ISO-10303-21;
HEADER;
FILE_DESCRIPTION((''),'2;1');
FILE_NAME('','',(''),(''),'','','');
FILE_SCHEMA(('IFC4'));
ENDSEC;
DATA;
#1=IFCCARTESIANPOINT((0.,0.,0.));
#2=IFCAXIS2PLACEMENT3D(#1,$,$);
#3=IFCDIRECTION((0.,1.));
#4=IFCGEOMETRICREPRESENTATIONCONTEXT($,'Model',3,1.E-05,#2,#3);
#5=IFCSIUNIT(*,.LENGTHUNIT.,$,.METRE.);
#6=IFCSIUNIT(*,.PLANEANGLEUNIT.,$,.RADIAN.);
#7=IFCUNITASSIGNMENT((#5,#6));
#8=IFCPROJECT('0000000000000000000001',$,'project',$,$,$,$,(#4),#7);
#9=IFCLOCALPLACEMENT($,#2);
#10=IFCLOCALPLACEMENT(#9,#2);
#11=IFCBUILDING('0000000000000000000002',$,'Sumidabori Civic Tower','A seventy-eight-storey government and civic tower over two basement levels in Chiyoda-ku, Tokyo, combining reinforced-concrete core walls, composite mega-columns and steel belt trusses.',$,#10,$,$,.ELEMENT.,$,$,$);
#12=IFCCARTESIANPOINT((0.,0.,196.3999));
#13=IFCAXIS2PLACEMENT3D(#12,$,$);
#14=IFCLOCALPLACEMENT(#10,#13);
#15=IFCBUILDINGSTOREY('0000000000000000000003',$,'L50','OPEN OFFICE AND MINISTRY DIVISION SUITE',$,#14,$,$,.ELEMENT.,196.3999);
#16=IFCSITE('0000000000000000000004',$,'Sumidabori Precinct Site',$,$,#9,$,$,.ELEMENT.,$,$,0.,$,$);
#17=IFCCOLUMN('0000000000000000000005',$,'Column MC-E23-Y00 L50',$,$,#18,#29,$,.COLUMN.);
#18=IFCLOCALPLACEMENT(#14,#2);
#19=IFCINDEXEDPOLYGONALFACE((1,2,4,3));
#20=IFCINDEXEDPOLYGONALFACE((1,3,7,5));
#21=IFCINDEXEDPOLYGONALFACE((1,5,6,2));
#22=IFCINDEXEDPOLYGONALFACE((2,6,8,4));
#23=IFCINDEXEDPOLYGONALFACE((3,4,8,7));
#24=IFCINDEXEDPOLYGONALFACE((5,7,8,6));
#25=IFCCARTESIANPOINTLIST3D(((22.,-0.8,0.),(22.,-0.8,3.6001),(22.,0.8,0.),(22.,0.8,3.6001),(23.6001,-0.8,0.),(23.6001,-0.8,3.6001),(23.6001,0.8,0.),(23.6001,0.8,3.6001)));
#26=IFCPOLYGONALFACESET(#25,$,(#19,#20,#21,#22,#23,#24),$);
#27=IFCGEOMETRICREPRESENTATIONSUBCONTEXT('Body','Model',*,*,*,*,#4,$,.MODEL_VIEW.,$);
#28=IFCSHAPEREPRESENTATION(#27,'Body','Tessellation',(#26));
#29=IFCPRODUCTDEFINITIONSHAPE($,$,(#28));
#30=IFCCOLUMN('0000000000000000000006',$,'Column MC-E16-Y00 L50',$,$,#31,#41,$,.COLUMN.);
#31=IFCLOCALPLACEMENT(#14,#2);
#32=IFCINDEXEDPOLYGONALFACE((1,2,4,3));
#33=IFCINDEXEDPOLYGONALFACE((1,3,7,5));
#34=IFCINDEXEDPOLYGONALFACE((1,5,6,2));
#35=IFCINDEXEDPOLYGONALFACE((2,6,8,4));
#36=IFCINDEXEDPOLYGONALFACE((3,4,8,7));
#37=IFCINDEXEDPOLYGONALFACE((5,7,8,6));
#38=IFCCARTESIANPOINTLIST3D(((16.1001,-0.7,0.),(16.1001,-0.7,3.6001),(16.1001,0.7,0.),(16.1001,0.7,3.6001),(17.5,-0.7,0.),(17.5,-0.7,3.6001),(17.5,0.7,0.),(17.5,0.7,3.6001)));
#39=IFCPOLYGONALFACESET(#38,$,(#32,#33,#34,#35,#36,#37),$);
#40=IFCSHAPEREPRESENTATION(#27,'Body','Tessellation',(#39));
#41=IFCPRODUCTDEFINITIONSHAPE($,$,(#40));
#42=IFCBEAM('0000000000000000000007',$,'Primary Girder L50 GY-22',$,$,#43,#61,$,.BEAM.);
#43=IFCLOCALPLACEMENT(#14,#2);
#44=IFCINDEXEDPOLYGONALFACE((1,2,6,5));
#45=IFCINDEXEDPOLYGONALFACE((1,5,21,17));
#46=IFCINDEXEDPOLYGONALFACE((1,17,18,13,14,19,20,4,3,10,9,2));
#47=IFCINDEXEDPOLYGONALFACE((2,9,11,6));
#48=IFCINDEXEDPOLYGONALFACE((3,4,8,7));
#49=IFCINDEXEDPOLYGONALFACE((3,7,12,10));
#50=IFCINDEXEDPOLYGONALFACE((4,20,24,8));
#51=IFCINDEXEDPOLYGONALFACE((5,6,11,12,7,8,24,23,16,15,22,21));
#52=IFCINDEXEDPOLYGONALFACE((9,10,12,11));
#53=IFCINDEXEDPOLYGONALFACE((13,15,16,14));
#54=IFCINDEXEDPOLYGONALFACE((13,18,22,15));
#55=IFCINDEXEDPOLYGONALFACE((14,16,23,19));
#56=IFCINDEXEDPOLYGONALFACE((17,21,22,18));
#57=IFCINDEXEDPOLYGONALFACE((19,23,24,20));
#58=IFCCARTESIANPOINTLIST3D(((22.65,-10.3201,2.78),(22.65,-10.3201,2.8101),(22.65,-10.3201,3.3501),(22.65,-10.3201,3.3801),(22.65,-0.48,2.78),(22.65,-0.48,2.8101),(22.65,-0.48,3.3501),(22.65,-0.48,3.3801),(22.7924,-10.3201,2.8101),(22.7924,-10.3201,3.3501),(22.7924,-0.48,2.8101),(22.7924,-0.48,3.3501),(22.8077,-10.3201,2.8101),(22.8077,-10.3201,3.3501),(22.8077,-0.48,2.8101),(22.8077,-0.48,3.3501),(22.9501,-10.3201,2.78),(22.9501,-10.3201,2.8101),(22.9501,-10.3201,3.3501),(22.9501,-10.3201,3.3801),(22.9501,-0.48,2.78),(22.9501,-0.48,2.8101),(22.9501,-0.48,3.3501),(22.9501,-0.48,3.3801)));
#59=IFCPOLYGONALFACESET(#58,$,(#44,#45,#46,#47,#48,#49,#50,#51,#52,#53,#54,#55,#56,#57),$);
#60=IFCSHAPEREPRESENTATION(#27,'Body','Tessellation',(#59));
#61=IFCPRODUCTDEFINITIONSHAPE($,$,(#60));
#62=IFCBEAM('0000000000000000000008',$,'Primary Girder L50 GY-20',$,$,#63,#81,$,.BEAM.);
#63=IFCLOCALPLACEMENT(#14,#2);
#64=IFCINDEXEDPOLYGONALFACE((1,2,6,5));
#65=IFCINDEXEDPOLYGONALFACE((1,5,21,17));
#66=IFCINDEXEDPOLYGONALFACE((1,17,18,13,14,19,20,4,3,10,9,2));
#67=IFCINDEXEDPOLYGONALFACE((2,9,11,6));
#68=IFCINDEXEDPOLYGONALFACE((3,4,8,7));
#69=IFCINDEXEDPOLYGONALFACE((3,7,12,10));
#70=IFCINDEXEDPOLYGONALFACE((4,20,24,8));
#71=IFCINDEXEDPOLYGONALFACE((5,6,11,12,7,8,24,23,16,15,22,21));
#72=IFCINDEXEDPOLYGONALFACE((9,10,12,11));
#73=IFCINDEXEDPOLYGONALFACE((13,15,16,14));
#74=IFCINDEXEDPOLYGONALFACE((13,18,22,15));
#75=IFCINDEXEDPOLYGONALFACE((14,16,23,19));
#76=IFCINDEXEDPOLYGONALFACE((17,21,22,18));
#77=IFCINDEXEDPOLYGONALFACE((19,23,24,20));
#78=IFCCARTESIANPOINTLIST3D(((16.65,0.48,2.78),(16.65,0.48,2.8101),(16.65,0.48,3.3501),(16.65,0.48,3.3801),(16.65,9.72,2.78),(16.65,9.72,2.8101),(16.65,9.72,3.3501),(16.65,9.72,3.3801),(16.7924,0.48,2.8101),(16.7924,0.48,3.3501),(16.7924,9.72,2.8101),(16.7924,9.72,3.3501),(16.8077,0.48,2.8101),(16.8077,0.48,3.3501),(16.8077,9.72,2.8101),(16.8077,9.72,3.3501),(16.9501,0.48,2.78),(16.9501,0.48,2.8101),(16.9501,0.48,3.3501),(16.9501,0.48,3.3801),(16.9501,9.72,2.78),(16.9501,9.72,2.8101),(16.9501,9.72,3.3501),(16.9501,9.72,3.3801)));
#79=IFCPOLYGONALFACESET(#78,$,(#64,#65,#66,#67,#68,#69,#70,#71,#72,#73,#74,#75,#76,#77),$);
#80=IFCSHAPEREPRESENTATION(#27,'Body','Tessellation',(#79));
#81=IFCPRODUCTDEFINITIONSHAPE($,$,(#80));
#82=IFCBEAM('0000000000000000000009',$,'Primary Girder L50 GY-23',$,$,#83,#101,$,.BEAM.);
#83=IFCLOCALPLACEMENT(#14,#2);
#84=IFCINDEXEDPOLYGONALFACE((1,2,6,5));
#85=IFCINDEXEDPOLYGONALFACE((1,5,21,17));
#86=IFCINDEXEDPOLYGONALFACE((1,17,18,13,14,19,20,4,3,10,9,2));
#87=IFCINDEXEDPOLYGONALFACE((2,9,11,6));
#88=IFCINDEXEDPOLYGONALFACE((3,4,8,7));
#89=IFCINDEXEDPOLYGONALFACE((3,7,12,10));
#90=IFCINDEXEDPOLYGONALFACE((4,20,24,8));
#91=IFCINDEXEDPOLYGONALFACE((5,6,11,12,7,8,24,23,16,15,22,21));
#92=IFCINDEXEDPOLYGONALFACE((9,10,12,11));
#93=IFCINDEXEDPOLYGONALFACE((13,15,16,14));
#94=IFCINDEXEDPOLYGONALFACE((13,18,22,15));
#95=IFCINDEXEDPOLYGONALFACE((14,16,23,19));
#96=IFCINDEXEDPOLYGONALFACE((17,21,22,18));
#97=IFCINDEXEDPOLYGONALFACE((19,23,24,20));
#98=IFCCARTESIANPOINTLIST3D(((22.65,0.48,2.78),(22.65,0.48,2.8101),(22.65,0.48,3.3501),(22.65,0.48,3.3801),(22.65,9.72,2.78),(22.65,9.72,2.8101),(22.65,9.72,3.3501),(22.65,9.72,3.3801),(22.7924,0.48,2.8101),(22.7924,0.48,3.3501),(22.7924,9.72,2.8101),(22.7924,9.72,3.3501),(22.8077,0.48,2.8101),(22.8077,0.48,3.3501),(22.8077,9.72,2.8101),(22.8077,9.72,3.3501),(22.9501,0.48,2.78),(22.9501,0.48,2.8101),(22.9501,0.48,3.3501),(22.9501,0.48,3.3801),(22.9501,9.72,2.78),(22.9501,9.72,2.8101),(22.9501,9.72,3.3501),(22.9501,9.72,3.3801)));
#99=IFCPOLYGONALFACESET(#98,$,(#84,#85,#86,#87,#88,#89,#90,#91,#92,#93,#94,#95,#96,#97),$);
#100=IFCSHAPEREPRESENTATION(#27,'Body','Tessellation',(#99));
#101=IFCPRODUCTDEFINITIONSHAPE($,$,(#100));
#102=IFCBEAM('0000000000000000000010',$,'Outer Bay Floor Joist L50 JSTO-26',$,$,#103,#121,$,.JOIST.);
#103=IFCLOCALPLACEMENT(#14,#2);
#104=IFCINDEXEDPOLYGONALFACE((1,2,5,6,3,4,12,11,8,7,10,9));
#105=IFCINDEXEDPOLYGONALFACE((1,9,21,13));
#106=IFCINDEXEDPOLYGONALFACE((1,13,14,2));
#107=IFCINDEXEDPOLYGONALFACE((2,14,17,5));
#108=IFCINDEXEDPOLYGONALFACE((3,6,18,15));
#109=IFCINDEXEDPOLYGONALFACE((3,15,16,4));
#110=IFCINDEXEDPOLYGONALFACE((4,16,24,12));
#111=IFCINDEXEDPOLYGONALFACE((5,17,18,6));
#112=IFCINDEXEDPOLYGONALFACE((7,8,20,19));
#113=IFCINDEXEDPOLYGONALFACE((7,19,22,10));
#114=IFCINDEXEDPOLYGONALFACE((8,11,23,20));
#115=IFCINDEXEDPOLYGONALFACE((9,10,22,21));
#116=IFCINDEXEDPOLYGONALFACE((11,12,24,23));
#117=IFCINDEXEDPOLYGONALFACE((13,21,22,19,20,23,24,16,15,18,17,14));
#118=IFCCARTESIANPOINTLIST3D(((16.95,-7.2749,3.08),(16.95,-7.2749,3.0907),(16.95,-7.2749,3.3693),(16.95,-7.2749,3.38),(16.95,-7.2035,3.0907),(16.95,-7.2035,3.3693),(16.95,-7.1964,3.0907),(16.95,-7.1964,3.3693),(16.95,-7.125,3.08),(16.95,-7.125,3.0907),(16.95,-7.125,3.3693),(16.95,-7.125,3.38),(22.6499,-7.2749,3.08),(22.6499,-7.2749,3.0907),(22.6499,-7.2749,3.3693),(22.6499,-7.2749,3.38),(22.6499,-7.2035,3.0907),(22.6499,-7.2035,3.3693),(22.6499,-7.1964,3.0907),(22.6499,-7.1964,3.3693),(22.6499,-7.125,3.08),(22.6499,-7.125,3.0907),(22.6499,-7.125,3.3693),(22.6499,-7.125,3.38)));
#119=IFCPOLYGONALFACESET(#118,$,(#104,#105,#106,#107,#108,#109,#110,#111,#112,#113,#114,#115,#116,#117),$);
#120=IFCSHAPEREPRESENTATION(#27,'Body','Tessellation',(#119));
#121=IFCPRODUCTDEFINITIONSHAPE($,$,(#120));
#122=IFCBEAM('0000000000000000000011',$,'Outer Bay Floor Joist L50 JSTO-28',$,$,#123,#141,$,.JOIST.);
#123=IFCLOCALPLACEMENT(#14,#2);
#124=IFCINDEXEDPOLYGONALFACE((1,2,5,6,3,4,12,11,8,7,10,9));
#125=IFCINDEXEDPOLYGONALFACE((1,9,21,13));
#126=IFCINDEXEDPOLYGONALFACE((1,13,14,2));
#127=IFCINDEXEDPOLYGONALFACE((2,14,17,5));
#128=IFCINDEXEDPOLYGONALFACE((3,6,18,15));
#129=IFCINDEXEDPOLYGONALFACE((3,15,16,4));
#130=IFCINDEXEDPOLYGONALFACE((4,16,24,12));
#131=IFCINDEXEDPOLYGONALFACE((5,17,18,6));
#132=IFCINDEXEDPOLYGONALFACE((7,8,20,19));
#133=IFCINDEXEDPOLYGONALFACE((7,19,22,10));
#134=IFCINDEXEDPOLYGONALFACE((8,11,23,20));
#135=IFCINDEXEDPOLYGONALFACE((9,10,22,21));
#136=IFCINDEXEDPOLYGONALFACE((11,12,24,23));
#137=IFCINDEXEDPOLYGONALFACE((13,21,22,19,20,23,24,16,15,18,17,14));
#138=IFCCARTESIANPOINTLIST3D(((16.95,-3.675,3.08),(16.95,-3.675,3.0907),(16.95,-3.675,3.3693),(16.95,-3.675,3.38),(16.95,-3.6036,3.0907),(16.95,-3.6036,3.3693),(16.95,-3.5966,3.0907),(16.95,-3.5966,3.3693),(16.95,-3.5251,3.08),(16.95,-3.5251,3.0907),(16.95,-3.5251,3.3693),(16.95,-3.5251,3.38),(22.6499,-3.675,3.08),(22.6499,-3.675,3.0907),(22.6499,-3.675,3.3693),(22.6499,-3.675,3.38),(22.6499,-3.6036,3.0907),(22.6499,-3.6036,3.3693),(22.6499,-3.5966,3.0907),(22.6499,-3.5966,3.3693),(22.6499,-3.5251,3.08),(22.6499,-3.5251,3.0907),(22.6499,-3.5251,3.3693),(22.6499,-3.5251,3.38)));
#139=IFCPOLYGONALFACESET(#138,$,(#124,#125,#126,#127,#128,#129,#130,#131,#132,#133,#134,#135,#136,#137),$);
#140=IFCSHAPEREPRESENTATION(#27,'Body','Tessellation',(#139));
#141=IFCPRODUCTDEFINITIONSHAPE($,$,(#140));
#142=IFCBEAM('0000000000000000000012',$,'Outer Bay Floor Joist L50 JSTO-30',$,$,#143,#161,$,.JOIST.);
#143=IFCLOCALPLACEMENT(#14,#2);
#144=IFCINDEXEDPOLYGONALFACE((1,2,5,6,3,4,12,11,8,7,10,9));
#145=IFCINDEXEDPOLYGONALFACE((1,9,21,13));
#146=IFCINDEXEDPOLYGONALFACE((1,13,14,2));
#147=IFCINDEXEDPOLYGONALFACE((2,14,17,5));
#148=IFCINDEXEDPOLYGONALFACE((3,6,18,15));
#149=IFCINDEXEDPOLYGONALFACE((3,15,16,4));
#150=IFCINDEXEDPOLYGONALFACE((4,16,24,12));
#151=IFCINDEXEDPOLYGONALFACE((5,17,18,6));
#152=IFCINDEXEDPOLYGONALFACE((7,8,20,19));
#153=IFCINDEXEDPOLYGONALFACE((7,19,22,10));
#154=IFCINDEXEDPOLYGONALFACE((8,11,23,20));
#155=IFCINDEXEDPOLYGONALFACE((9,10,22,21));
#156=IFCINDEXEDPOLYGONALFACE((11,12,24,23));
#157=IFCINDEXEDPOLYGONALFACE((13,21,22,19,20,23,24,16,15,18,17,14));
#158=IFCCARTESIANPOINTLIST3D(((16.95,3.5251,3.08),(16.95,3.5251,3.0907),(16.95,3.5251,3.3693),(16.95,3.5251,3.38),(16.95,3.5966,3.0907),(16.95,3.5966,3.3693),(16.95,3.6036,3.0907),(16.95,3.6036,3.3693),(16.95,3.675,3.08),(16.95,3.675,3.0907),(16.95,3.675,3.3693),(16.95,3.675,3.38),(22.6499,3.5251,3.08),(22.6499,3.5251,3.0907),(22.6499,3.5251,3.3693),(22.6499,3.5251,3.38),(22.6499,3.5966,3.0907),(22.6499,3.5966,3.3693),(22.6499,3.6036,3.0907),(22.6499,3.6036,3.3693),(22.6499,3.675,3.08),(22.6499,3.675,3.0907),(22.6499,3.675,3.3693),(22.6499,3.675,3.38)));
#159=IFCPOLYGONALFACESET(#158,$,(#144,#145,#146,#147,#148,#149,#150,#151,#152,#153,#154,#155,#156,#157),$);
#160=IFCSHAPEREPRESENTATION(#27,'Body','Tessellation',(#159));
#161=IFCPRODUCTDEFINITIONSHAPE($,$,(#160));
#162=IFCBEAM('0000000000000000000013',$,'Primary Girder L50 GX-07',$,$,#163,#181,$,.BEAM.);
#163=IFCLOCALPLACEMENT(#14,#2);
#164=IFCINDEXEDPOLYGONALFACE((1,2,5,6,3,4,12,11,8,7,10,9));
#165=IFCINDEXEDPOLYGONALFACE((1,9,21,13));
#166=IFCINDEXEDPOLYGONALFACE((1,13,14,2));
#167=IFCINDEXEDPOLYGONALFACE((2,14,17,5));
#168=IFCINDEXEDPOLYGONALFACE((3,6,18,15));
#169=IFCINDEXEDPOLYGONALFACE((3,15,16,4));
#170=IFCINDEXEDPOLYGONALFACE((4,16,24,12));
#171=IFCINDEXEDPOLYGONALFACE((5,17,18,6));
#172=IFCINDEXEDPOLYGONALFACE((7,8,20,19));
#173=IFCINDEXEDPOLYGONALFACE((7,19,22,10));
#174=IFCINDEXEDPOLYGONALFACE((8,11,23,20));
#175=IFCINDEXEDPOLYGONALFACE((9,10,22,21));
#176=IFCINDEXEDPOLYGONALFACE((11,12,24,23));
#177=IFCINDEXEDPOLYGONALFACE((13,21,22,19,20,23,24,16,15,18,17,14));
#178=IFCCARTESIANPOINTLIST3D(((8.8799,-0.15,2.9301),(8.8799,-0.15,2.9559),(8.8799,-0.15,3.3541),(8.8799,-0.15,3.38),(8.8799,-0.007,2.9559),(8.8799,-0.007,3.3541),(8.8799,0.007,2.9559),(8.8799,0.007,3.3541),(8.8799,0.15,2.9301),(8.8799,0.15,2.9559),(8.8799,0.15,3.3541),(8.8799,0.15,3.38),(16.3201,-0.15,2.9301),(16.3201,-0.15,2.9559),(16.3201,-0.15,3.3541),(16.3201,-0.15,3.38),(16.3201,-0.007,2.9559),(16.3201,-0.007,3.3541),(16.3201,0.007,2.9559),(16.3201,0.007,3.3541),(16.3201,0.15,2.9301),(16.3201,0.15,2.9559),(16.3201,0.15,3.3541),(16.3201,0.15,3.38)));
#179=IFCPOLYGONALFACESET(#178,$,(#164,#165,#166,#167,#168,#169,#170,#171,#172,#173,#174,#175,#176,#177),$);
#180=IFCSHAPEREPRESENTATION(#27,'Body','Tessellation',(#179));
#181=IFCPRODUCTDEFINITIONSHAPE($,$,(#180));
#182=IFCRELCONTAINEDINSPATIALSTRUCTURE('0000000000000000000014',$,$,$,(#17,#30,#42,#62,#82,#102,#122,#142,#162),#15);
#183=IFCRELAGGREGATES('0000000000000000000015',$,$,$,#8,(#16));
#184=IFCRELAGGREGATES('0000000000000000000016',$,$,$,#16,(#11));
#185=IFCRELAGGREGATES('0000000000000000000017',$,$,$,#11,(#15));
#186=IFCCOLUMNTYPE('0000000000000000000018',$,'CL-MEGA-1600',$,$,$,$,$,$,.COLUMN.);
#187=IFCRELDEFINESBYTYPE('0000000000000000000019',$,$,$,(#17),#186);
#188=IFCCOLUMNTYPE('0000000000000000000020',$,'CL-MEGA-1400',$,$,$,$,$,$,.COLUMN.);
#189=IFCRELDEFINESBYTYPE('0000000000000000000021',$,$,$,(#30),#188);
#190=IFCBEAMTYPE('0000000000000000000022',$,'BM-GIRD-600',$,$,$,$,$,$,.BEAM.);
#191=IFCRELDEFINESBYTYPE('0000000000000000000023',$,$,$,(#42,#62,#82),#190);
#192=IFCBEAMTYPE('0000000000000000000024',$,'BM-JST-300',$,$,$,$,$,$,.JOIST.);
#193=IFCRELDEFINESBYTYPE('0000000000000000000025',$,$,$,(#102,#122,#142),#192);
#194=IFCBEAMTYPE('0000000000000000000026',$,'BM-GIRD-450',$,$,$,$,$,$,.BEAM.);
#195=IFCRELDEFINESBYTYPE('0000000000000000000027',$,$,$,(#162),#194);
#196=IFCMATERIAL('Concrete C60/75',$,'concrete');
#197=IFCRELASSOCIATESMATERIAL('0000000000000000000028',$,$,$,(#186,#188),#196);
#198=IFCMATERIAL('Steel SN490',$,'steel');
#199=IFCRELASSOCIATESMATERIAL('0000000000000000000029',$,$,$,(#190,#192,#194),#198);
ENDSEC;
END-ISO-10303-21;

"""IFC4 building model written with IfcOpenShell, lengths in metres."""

from ifc_helpers import new_model, si_unit, direction, frame, origin, origin_2d, place, context, subcontext, project, spatial, rectangle, i_section, extrude, source, transform, mapped, material, material_profile, profile_set, type_object, element, save


model = new_model("IFC4")

# Units and contexts
model_context = context("Model", 3, precision=1e-05, world=origin(), true_north=direction((0.0, 1.0)))
body_context = subcontext(model_context, "Body", "Model", "MODEL_VIEW")
ifc_project = project(units=[si_unit("LENGTHUNIT", "METRE"), si_unit("PLANEANGLEUNIT", "RADIAN")], contexts=[model_context])

# Site, building, storey
site_placement = place(None, origin())
site = spatial("IfcSite", under=ifc_project, at=site_placement, Name="Sumidabori Precinct Site", CompositionType="ELEMENT", RefElevation=0.0)
building_placement = place(site_placement, origin())
building = spatial("IfcBuilding", under=site, at=building_placement, Name="Sumidabori Civic Tower", Description="A seventy-eight-storey government and civic tower over two basement levels in Chiyoda-ku, Tokyo, combining reinforced-concrete core walls, composite mega-columns and steel belt trusses.", CompositionType="ELEMENT")
storey_placement = place(building_placement, frame((0.0, 0.0, 196.3999)))
storey = spatial("IfcBuildingStorey", under=building, at=storey_placement, Name="L50", Description="OPEN OFFICE AND MINISTRY DIVISION SUITE", CompositionType="ELEMENT", Elevation=196.3999)

# Columns
ifc_material_1 = material(Name="Concrete C60/75", Category="concrete")
ifc_material_profile_1 = material_profile(ifc_material_1, rectangle(XDim=1.6001, YDim=1.6001, at=origin_2d()), Name="RC 1600x1600")
ifc_profile_set_1 = profile_set([ifc_material_profile_1], Name="Concrete C60/75")
column_type_1 = type_object("IfcColumnType", Name="CL-MEGA-1600", PredefinedType="COLUMN", material=ifc_profile_set_1)
shared_shape_1 = source(origin(), body_context, "Body", "SweptSolid", [
    extrude(rectangle(XDim=1.6001, YDim=1.6001, at=origin_2d()), origin(), (0.0, 0.0, 1.0), 3.6001),
])
column_1_placement = place(storey_placement, frame((22.8, 0.0, 0.0), z_axis=(0.0, 0.0, 1.0), x_axis=(1.0, 0.0, 0.0)))
element("IfcColumn", 1, at=column_1_placement, inside=storey, type_object=column_type_1, Name="Column MC-E23-Y00 L50", PredefinedType="COLUMN", context=body_context, shape_type="MappedRepresentation", body=[
    mapped(shared_shape_1, transform((0.0, 0.0, 0.0), x_axis=(1.0, 0.0, 0.0), y_axis=(0.0, 1.0, 0.0), z_axis=(0.0, 0.0, 1.0), scale=1.0)),
])
ifc_material_profile_2 = material_profile(ifc_material_1, rectangle(XDim=1.3999, YDim=1.3999, at=origin_2d()), Name="RC 1400x1400")
ifc_profile_set_2 = profile_set([ifc_material_profile_2], Name="Concrete C60/75")
column_type_2 = type_object("IfcColumnType", Name="CL-MEGA-1400", PredefinedType="COLUMN", material=ifc_profile_set_2)
shared_shape_2 = source(origin(), body_context, "Body", "SweptSolid", [
    extrude(rectangle(XDim=1.3999, YDim=1.3999, at=origin_2d()), origin(), (0.0, 0.0, 1.0), 3.6001),
])
column_2_placement = place(storey_placement, frame((16.8, 0.0, 0.0), z_axis=(0.0, 0.0, 1.0), x_axis=(1.0, 0.0, 0.0)))
element("IfcColumn", 2, at=column_2_placement, inside=storey, type_object=column_type_2, Name="Column MC-E16-Y00 L50", PredefinedType="COLUMN", context=body_context, shape_type="MappedRepresentation", body=[
    mapped(shared_shape_2, transform((0.0, 0.0, 0.0), x_axis=(1.0, 0.0, 0.0), y_axis=(0.0, 1.0, 0.0), z_axis=(0.0, 0.0, 1.0), scale=1.0)),
])

# Beams
ifc_material_2 = material(Name="Steel SN490", Category="steel")
ifc_material_profile_3 = material_profile(ifc_material_2, i_section(OverallWidth=0.3, OverallDepth=0.6001, WebThickness=0.0154, FlangeThickness=0.03, at=origin_2d()), Name="HE 600 B")
ifc_profile_set_3 = profile_set([ifc_material_profile_3], Name="Steel SN490")
beam_type_1 = type_object("IfcBeamType", Name="BM-GIRD-600", PredefinedType="BEAM", material=ifc_profile_set_3)
shared_shape_3 = source(origin(), body_context, "Body", "SweptSolid", [
    extrude(i_section(OverallWidth=0.3, OverallDepth=0.6001, WebThickness=0.0154, FlangeThickness=0.03, at=origin_2d()), origin(), (0.0, 0.0, 1.0), 9.8401),
])
beam_1_placement = place(storey_placement, frame((22.8, -10.3201, 3.0801), z_axis=(0.0, 1.0, 0.0), x_axis=(-1.0, 0.0, 0.0)))
element("IfcBeam", 3, at=beam_1_placement, inside=storey, type_object=beam_type_1, Name="Primary Girder L50 GY-22", PredefinedType="BEAM", context=body_context, shape_type="MappedRepresentation", body=[
    mapped(shared_shape_3, transform((0.0, 0.0, 0.0), x_axis=(1.0, 0.0, 0.0), y_axis=(0.0, 1.0, 0.0), z_axis=(0.0, 0.0, 1.0), scale=1.0)),
])
shared_shape_4 = source(origin(), body_context, "Body", "SweptSolid", [
    extrude(i_section(OverallWidth=0.3, OverallDepth=0.6001, WebThickness=0.0154, FlangeThickness=0.03, at=origin_2d()), origin(), (0.0, 0.0, 1.0), 9.24),
])
for number, where, z_axis, x_axis, name in (
    (4, (16.8, 0.48, 3.0801), (0.0, 1.0, 0.0), (-1.0, 0.0, 0.0), "Primary Girder L50 GY-20"),
    (5, (22.8, 0.48, 3.0801), (0.0, 1.0, 0.0), (-1.0, 0.0, 0.0), "Primary Girder L50 GY-23"),
):
    element("IfcBeam", number, at=place(storey_placement, frame(where, z_axis=z_axis, x_axis=x_axis)), inside=storey, type_object=beam_type_1, Name=name, PredefinedType="BEAM", context=body_context, shape_type="MappedRepresentation", body=[
        mapped(shared_shape_4, transform((0.0, 0.0, 0.0), x_axis=(1.0, 0.0, 0.0), y_axis=(0.0, 1.0, 0.0), z_axis=(0.0, 0.0, 1.0), scale=1.0)),
    ])
ifc_material_profile_4 = material_profile(ifc_material_2, i_section(OverallWidth=0.1499, OverallDepth=0.3, WebThickness=0.0071, FlangeThickness=0.0107, at=origin_2d()), Name="IPE 300")
ifc_profile_set_4 = profile_set([ifc_material_profile_4], Name="Steel SN490")
beam_type_2 = type_object("IfcBeamType", Name="BM-JST-300", PredefinedType="JOIST", material=ifc_profile_set_4)
shared_shape_5 = source(origin(), body_context, "Body", "SweptSolid", [
    extrude(i_section(OverallWidth=0.1499, OverallDepth=0.3, WebThickness=0.0071, FlangeThickness=0.0107, at=origin_2d()), origin(), (0.0, 0.0, 1.0), 5.7),
])
for number, where, z_axis, x_axis, name in (
    (6, (16.95, -7.2, 3.23), (1.0, 0.0, 0.0), (0.0, 1.0, 0.0), "Outer Bay Floor Joist L50 JSTO-26"),
    (7, (16.95, -3.6001, 3.23), (1.0, 0.0, 0.0), (0.0, 1.0, 0.0), "Outer Bay Floor Joist L50 JSTO-28"),
    (8, (16.95, 3.6001, 3.23), (1.0, 0.0, 0.0), (0.0, 1.0, 0.0), "Outer Bay Floor Joist L50 JSTO-30"),
):
    element("IfcBeam", number, at=place(storey_placement, frame(where, z_axis=z_axis, x_axis=x_axis)), inside=storey, type_object=beam_type_2, Name=name, PredefinedType="JOIST", context=body_context, shape_type="MappedRepresentation", body=[
        mapped(shared_shape_5, transform((0.0, 0.0, 0.0), x_axis=(1.0, 0.0, 0.0), y_axis=(0.0, 1.0, 0.0), z_axis=(0.0, 0.0, 1.0), scale=1.0)),
    ])
ifc_material_profile_5 = material_profile(ifc_material_2, i_section(OverallWidth=0.3, OverallDepth=0.45, WebThickness=0.0139, FlangeThickness=0.0259, at=origin_2d()), Name="HE 450 B")
ifc_profile_set_5 = profile_set([ifc_material_profile_5], Name="Steel SN490")
beam_type_3 = type_object("IfcBeamType", Name="BM-GIRD-450", PredefinedType="BEAM", material=ifc_profile_set_5)
shared_shape_6 = source(origin(), body_context, "Body", "SweptSolid", [
    extrude(i_section(OverallWidth=0.3, OverallDepth=0.45, WebThickness=0.0139, FlangeThickness=0.0259, at=origin_2d()), origin(), (0.0, 0.0, 1.0), 7.4402),
])
beam_2_placement = place(storey_placement, frame((8.8799, 0.0, 3.155), z_axis=(1.0, 0.0, 0.0), x_axis=(0.0, 1.0, 0.0)))
element("IfcBeam", 9, at=beam_2_placement, inside=storey, type_object=beam_type_3, Name="Primary Girder L50 GX-07", PredefinedType="BEAM", context=body_context, shape_type="MappedRepresentation", body=[
    mapped(shared_shape_6, transform((0.0, 0.0, 0.0), x_axis=(1.0, 0.0, 0.0), y_axis=(0.0, 1.0, 0.0), z_axis=(0.0, 0.0, 1.0), scale=1.0)),
])

save(model, "model.ifc")
